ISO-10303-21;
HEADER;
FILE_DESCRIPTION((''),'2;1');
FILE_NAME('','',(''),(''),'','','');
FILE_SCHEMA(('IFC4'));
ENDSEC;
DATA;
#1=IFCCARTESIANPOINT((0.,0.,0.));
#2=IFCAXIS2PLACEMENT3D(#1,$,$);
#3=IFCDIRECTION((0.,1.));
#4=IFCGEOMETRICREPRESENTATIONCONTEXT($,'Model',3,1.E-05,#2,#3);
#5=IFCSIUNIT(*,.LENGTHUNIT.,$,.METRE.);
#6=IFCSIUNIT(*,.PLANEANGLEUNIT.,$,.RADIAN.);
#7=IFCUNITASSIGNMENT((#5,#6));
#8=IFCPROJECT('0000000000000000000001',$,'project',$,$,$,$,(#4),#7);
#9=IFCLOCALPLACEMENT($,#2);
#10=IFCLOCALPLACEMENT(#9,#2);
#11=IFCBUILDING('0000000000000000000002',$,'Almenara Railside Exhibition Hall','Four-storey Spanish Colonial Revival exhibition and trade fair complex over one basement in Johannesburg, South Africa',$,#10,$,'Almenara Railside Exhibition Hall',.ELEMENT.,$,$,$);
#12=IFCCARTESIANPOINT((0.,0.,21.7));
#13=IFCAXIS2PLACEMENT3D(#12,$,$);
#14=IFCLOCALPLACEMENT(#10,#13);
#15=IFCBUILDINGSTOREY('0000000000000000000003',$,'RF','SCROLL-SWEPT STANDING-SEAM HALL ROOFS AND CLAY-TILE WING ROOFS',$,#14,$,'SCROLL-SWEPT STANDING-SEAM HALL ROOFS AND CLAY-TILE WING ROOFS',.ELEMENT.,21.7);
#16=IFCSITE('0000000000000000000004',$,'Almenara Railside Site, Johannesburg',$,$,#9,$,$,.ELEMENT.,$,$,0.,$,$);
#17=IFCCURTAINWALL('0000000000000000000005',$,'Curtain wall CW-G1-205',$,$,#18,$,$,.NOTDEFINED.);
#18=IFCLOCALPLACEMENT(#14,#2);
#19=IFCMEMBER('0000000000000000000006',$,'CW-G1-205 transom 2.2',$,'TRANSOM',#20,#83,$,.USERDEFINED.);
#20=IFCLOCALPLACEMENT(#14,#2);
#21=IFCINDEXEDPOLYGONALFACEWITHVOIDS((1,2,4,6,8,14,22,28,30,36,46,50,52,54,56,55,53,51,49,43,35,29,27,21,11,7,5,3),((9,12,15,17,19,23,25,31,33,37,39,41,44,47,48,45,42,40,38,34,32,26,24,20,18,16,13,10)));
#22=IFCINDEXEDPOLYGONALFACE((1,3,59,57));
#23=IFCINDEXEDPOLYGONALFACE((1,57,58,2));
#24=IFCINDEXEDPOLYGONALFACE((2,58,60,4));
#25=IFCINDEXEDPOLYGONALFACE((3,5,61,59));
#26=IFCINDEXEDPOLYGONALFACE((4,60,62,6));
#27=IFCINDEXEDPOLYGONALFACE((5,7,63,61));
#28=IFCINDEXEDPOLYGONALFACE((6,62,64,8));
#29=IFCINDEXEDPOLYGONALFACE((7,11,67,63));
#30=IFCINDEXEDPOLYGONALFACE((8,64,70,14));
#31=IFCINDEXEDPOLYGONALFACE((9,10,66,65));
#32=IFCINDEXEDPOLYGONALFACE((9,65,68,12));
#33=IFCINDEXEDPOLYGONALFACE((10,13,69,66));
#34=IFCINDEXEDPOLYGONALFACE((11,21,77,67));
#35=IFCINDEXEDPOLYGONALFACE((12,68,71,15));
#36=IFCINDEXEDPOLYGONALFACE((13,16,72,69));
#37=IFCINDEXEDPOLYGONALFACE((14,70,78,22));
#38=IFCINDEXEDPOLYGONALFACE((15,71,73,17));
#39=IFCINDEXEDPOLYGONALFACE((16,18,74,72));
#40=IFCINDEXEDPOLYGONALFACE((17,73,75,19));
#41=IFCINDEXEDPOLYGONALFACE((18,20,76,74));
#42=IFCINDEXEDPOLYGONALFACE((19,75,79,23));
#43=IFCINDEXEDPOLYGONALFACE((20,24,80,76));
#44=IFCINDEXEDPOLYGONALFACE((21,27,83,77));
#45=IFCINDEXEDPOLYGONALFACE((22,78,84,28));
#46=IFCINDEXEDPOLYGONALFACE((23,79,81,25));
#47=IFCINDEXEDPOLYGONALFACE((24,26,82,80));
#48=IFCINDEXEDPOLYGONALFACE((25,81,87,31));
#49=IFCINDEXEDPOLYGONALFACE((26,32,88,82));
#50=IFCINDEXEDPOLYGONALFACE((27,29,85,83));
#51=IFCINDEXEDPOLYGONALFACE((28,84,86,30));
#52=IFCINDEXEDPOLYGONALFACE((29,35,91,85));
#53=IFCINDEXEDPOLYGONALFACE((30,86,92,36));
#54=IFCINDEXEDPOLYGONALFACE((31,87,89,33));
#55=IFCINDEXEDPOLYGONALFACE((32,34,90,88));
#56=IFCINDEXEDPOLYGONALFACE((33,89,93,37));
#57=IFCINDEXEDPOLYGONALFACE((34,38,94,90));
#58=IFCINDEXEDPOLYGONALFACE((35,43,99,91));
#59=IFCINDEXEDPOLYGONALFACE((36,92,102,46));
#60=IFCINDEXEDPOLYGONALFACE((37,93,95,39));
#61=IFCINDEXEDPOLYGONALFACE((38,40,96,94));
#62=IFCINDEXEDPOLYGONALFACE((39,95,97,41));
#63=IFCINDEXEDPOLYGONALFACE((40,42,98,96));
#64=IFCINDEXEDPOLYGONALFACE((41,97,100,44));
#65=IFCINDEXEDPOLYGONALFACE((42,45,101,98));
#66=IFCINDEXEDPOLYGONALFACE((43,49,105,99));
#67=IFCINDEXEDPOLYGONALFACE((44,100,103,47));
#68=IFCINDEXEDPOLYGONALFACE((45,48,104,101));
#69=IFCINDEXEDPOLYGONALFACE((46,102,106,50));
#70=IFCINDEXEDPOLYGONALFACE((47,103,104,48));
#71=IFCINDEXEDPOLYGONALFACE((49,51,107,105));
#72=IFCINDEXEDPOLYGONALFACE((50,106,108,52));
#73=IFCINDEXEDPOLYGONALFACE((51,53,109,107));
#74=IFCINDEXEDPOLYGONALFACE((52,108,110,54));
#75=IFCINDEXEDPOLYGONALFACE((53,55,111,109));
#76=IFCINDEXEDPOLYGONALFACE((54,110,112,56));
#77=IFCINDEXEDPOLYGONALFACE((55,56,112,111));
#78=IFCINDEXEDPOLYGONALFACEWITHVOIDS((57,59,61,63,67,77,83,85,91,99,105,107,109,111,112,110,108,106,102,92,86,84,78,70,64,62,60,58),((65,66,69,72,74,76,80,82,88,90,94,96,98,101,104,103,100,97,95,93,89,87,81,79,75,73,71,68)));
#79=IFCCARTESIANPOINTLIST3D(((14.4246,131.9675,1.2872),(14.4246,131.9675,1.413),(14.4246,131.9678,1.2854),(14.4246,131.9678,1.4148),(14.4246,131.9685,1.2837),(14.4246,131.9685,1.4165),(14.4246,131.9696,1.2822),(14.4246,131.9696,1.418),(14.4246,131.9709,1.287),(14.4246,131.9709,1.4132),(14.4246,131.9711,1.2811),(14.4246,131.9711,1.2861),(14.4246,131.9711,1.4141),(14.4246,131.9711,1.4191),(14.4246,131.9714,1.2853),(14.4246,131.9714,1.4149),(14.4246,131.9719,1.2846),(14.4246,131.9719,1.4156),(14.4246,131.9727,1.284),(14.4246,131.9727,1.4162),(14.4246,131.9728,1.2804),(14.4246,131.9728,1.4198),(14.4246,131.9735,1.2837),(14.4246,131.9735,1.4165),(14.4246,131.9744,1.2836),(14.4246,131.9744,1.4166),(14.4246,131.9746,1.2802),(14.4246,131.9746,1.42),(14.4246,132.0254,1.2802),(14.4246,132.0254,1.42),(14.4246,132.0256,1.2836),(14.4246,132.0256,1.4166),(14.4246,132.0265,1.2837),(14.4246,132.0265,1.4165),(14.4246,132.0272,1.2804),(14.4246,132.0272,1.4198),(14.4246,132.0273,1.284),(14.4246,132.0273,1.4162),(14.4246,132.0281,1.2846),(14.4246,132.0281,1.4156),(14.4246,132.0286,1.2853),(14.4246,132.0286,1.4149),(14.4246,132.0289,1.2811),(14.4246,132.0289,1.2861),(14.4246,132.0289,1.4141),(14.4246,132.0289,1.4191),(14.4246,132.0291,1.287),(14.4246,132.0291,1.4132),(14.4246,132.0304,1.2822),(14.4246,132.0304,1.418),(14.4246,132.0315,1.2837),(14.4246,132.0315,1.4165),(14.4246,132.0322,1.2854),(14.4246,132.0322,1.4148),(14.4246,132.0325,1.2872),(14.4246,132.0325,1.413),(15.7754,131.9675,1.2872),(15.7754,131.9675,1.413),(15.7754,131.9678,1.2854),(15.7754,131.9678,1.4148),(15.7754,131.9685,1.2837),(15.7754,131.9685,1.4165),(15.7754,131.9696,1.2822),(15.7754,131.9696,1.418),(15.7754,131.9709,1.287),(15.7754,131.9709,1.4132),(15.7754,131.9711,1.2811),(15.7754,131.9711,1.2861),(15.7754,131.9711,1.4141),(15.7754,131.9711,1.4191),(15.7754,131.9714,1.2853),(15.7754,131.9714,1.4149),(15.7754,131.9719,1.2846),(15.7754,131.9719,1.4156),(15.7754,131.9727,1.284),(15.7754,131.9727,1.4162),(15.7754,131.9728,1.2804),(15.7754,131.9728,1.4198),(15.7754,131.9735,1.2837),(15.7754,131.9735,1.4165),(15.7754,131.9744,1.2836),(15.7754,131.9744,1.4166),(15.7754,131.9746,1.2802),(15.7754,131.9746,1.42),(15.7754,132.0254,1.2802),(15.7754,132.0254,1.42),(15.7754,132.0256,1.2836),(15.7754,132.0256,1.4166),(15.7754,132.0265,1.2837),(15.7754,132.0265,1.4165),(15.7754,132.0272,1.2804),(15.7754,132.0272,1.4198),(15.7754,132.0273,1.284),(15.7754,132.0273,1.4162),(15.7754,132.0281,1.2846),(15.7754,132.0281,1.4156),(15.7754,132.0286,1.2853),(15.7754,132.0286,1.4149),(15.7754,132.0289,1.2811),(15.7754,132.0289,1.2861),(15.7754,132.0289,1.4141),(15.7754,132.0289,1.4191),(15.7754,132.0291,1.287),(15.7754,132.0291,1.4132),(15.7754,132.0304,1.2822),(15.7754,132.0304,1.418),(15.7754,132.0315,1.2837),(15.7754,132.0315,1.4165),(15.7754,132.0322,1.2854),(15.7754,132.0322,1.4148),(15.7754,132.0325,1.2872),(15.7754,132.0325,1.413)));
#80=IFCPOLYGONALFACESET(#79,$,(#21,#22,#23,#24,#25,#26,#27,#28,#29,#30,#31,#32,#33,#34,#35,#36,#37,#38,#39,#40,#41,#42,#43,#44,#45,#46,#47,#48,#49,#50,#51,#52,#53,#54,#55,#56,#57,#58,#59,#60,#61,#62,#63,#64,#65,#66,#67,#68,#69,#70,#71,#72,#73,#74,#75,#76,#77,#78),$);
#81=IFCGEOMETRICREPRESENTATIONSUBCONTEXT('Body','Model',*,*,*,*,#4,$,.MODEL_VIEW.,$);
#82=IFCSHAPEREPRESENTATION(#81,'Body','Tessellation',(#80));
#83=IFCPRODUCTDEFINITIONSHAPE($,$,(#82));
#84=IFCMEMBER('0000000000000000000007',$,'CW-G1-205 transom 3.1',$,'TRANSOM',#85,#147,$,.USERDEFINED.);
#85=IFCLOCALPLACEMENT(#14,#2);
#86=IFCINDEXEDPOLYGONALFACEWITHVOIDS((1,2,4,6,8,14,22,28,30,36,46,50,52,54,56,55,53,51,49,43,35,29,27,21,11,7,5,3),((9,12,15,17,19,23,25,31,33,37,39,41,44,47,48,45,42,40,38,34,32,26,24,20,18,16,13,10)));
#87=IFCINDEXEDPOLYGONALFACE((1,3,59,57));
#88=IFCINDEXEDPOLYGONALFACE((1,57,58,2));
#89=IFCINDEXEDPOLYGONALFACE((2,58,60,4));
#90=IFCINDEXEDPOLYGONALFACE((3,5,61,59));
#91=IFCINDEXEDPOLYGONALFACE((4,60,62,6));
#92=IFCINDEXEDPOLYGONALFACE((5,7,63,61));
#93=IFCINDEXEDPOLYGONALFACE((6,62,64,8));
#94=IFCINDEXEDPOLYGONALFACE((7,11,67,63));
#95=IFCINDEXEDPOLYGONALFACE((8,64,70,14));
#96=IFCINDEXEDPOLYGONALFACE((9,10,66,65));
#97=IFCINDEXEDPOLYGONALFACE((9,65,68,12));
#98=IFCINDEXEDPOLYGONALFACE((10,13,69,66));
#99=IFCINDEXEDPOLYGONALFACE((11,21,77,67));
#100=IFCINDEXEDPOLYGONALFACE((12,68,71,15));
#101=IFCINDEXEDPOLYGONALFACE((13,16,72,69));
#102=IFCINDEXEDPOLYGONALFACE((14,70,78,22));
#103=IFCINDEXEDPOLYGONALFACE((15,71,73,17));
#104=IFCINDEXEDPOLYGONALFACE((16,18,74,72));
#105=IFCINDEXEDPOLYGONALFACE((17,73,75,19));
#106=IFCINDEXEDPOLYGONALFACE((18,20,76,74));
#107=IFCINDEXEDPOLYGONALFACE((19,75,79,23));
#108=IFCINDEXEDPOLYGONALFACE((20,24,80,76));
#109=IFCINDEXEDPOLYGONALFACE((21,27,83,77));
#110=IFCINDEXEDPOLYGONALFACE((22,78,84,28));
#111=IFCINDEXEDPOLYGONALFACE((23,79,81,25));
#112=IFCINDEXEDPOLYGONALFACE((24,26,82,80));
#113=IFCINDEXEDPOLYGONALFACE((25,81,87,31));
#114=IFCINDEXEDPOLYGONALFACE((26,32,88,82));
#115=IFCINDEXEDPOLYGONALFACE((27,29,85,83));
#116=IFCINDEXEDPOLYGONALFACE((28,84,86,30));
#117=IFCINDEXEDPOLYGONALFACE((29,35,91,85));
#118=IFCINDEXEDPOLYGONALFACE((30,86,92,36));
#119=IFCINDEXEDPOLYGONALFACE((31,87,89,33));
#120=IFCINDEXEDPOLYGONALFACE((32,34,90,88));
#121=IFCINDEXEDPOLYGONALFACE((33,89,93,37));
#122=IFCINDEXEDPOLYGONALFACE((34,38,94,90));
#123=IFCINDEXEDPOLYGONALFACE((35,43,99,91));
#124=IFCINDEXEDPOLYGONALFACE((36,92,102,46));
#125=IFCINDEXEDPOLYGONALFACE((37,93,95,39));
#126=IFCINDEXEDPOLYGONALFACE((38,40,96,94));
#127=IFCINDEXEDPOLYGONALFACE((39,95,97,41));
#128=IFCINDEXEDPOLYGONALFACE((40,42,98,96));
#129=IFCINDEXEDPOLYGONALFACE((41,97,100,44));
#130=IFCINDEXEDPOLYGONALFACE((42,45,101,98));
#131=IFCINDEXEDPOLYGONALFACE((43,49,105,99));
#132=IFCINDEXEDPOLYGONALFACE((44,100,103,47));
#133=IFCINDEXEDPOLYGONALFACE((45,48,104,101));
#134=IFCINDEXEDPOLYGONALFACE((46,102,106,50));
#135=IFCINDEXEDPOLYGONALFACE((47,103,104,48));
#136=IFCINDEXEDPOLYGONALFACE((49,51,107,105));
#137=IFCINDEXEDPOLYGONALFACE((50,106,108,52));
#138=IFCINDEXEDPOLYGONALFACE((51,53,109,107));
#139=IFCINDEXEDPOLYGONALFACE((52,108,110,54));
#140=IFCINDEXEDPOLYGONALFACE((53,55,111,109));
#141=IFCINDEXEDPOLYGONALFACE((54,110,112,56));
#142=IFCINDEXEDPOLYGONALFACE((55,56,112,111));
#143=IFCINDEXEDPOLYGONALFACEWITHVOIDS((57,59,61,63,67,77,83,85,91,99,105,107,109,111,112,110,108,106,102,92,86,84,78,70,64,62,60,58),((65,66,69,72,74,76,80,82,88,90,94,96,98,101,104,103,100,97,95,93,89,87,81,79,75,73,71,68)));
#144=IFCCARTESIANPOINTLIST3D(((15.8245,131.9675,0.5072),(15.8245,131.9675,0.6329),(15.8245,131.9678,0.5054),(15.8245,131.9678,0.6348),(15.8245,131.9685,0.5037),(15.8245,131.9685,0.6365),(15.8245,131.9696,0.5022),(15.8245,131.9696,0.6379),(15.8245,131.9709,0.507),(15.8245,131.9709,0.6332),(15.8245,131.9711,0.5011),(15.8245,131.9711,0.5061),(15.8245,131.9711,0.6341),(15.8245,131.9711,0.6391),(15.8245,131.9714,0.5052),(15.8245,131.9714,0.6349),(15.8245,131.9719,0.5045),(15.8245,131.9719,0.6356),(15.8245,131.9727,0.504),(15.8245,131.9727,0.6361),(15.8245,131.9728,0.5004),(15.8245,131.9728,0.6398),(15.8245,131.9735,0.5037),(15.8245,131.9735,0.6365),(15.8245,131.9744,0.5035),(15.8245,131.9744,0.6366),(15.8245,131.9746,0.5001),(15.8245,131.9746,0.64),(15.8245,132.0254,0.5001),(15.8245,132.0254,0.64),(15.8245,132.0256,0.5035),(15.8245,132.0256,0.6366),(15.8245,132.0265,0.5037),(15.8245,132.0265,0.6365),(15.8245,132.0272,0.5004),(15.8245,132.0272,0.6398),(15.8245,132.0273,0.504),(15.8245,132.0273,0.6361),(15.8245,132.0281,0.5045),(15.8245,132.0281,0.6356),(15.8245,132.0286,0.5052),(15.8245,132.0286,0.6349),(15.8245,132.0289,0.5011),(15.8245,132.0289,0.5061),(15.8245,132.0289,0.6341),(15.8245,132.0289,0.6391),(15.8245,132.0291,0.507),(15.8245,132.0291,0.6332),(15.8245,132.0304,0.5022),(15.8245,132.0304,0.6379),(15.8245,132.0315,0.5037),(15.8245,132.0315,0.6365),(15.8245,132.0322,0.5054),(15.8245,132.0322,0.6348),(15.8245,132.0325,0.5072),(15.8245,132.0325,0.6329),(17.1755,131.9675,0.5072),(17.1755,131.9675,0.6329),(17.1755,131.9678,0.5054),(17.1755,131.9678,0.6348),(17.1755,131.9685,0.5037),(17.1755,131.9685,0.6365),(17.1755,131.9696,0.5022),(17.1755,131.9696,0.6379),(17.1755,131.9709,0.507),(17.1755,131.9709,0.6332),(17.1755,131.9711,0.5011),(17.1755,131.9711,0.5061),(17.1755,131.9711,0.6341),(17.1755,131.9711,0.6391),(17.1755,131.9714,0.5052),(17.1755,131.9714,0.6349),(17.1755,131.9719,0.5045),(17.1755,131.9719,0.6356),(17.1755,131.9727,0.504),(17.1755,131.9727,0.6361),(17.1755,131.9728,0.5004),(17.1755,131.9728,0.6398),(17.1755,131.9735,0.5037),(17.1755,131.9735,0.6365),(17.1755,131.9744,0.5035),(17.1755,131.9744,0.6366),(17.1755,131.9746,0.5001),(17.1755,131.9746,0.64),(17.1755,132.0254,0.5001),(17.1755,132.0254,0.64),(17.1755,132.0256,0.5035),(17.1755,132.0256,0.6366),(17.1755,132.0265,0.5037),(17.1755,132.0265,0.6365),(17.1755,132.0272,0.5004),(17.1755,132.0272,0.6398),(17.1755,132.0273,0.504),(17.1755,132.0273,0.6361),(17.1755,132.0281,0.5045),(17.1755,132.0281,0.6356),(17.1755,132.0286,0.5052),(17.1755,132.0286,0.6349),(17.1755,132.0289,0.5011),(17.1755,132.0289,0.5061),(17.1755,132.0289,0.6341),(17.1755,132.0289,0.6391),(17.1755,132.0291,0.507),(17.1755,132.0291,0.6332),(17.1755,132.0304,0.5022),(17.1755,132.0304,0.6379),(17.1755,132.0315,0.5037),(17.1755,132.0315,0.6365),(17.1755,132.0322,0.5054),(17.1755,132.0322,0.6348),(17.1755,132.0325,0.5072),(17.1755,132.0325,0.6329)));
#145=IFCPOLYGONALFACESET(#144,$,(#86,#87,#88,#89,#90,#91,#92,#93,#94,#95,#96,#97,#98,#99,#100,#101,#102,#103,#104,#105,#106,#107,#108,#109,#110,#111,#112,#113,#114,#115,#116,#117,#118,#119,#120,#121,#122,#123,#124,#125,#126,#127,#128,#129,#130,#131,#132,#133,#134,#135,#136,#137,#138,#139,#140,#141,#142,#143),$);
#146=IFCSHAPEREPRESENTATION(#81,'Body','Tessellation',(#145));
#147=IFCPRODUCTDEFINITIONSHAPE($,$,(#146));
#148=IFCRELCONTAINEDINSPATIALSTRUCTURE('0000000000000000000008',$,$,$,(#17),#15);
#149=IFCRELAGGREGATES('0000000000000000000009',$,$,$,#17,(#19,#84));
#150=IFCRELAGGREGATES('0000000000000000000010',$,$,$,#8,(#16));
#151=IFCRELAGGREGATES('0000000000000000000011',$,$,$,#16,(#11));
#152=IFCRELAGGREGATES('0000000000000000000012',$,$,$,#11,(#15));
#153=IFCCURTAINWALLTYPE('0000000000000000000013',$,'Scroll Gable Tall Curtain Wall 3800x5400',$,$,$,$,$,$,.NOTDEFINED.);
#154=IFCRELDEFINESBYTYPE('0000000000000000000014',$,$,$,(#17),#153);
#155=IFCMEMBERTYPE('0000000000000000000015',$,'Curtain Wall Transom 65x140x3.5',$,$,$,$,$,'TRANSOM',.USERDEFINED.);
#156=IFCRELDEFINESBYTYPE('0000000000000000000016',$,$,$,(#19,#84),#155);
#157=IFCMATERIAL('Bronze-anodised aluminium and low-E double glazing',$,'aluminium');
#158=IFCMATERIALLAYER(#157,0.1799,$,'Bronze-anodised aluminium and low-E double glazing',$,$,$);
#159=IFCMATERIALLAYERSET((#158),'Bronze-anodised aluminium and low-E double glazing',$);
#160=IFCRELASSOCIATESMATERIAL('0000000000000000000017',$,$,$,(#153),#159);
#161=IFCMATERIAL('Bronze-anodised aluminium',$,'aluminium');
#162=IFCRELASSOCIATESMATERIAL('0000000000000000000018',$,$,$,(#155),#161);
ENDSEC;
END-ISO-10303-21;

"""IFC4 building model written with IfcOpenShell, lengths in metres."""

from ifc_helpers import new_model, si_unit, direction, frame, origin, origin_2d, place, context, subcontext, project, spatial, hollow_rectangle, extrude, material, layer, layer_set, material_profile, profile_set, type_object, element, aggregate, save


model = new_model("IFC4")

# Units and contexts
model_context = context("Model", 3, precision=1e-05, world=origin(), true_north=direction((0.0, 1.0)))
body_context = subcontext(model_context, "Body", "Model", "MODEL_VIEW")
ifc_project = project(units=[si_unit("LENGTHUNIT", "METRE"), si_unit("PLANEANGLEUNIT", "RADIAN")], contexts=[model_context])

# Site, building, storey
site_placement = place(None, origin())
site = spatial("IfcSite", under=ifc_project, at=site_placement, Name="Almenara Railside Site, Johannesburg", CompositionType="ELEMENT", RefElevation=0.0)
building_placement = place(site_placement, origin())
building = spatial("IfcBuilding", under=site, at=building_placement, Name="Almenara Railside Exhibition Hall", Description="Four-storey Spanish Colonial Revival exhibition and trade fair complex over one basement in Johannesburg, South Africa", LongName="Almenara Railside Exhibition Hall", CompositionType="ELEMENT")
storey_placement = place(building_placement, frame((0.0, 0.0, 21.7)))
storey = spatial("IfcBuildingStorey", under=building, at=storey_placement, Name="RF", Description="SCROLL-SWEPT STANDING-SEAM HALL ROOFS AND CLAY-TILE WING ROOFS", LongName="SCROLL-SWEPT STANDING-SEAM HALL ROOFS AND CLAY-TILE WING ROOFS", CompositionType="ELEMENT", Elevation=21.7)

# Curtain wall
ifc_material_1 = material(Name="Bronze-anodised aluminium and low-E double glazing", Category="aluminium")
ifc_material_2 = material(Name="Bronze-anodised aluminium", Category="aluminium")
ifc_layer_1 = layer(ifc_material_1, 0.1799, Name="Bronze-anodised aluminium and low-E double glazing")
ifc_layer_set_1 = layer_set([ifc_layer_1], Name="Bronze-anodised aluminium and low-E double glazing")
curtain_wall_type_1 = type_object("IfcCurtainWallType", Name="Scroll Gable Tall Curtain Wall 3800x5400", PredefinedType="NOTDEFINED", material=ifc_layer_set_1)
curtain_wall_1_placement = place(storey_placement, origin())
curtain_wall_1 = element("IfcCurtainWall", 1, at=curtain_wall_1_placement, inside=storey, type_object=curtain_wall_type_1, Name="Curtain wall CW-G1-205", PredefinedType="NOTDEFINED")

# Members
ifc_material_profile_1 = material_profile(ifc_material_2, hollow_rectangle(XDim=0.0649, YDim=0.1399, WallThickness=0.0034, InnerFilletRadius=0.0034, OuterFilletRadius=0.0071, at=origin_2d()), Name="ALU-TRN 65x140x3.5")
ifc_profile_set_1 = profile_set([ifc_material_profile_1], Name="Bronze-anodised aluminium")
member_type_1 = type_object("IfcMemberType", Name="Curtain Wall Transom 65x140x3.5", ElementType="TRANSOM", PredefinedType="USERDEFINED", material=ifc_profile_set_1)
member_1_placement = place(storey_placement, frame((14.4246, 132.0, 1.3501), z_axis=(1.0, 0.0, 0.0), x_axis=(0.0, 1.0, 0.0)))
member_1 = element("IfcMember", 2, at=member_1_placement, type_object=member_type_1, Name="CW-G1-205 transom 2.2", ObjectType="TRANSOM", PredefinedType="USERDEFINED", context=body_context, shape_type="SweptSolid", body=[
    extrude(hollow_rectangle(XDim=0.0649, YDim=0.1399, WallThickness=0.0034, InnerFilletRadius=0.0034, OuterFilletRadius=0.0071, at=origin_2d()), origin(), (0.0, 0.0, 1.0), 1.3508),
])
member_2_placement = place(storey_placement, frame((15.8245, 132.0, 0.5701), z_axis=(1.0, 0.0, 0.0), x_axis=(0.0, 1.0, 0.0)))
member_2 = element("IfcMember", 3, at=member_2_placement, type_object=member_type_1, Name="CW-G1-205 transom 3.1", ObjectType="TRANSOM", PredefinedType="USERDEFINED", context=body_context, shape_type="SweptSolid", body=[
    extrude(hollow_rectangle(XDim=0.0649, YDim=0.1399, WallThickness=0.0034, InnerFilletRadius=0.0034, OuterFilletRadius=0.0071, at=origin_2d()), origin(), (0.0, 0.0, 1.0), 1.3511),
])

aggregate(curtain_wall_1, [member_1, member_2])

save(model, "model.ifc")
